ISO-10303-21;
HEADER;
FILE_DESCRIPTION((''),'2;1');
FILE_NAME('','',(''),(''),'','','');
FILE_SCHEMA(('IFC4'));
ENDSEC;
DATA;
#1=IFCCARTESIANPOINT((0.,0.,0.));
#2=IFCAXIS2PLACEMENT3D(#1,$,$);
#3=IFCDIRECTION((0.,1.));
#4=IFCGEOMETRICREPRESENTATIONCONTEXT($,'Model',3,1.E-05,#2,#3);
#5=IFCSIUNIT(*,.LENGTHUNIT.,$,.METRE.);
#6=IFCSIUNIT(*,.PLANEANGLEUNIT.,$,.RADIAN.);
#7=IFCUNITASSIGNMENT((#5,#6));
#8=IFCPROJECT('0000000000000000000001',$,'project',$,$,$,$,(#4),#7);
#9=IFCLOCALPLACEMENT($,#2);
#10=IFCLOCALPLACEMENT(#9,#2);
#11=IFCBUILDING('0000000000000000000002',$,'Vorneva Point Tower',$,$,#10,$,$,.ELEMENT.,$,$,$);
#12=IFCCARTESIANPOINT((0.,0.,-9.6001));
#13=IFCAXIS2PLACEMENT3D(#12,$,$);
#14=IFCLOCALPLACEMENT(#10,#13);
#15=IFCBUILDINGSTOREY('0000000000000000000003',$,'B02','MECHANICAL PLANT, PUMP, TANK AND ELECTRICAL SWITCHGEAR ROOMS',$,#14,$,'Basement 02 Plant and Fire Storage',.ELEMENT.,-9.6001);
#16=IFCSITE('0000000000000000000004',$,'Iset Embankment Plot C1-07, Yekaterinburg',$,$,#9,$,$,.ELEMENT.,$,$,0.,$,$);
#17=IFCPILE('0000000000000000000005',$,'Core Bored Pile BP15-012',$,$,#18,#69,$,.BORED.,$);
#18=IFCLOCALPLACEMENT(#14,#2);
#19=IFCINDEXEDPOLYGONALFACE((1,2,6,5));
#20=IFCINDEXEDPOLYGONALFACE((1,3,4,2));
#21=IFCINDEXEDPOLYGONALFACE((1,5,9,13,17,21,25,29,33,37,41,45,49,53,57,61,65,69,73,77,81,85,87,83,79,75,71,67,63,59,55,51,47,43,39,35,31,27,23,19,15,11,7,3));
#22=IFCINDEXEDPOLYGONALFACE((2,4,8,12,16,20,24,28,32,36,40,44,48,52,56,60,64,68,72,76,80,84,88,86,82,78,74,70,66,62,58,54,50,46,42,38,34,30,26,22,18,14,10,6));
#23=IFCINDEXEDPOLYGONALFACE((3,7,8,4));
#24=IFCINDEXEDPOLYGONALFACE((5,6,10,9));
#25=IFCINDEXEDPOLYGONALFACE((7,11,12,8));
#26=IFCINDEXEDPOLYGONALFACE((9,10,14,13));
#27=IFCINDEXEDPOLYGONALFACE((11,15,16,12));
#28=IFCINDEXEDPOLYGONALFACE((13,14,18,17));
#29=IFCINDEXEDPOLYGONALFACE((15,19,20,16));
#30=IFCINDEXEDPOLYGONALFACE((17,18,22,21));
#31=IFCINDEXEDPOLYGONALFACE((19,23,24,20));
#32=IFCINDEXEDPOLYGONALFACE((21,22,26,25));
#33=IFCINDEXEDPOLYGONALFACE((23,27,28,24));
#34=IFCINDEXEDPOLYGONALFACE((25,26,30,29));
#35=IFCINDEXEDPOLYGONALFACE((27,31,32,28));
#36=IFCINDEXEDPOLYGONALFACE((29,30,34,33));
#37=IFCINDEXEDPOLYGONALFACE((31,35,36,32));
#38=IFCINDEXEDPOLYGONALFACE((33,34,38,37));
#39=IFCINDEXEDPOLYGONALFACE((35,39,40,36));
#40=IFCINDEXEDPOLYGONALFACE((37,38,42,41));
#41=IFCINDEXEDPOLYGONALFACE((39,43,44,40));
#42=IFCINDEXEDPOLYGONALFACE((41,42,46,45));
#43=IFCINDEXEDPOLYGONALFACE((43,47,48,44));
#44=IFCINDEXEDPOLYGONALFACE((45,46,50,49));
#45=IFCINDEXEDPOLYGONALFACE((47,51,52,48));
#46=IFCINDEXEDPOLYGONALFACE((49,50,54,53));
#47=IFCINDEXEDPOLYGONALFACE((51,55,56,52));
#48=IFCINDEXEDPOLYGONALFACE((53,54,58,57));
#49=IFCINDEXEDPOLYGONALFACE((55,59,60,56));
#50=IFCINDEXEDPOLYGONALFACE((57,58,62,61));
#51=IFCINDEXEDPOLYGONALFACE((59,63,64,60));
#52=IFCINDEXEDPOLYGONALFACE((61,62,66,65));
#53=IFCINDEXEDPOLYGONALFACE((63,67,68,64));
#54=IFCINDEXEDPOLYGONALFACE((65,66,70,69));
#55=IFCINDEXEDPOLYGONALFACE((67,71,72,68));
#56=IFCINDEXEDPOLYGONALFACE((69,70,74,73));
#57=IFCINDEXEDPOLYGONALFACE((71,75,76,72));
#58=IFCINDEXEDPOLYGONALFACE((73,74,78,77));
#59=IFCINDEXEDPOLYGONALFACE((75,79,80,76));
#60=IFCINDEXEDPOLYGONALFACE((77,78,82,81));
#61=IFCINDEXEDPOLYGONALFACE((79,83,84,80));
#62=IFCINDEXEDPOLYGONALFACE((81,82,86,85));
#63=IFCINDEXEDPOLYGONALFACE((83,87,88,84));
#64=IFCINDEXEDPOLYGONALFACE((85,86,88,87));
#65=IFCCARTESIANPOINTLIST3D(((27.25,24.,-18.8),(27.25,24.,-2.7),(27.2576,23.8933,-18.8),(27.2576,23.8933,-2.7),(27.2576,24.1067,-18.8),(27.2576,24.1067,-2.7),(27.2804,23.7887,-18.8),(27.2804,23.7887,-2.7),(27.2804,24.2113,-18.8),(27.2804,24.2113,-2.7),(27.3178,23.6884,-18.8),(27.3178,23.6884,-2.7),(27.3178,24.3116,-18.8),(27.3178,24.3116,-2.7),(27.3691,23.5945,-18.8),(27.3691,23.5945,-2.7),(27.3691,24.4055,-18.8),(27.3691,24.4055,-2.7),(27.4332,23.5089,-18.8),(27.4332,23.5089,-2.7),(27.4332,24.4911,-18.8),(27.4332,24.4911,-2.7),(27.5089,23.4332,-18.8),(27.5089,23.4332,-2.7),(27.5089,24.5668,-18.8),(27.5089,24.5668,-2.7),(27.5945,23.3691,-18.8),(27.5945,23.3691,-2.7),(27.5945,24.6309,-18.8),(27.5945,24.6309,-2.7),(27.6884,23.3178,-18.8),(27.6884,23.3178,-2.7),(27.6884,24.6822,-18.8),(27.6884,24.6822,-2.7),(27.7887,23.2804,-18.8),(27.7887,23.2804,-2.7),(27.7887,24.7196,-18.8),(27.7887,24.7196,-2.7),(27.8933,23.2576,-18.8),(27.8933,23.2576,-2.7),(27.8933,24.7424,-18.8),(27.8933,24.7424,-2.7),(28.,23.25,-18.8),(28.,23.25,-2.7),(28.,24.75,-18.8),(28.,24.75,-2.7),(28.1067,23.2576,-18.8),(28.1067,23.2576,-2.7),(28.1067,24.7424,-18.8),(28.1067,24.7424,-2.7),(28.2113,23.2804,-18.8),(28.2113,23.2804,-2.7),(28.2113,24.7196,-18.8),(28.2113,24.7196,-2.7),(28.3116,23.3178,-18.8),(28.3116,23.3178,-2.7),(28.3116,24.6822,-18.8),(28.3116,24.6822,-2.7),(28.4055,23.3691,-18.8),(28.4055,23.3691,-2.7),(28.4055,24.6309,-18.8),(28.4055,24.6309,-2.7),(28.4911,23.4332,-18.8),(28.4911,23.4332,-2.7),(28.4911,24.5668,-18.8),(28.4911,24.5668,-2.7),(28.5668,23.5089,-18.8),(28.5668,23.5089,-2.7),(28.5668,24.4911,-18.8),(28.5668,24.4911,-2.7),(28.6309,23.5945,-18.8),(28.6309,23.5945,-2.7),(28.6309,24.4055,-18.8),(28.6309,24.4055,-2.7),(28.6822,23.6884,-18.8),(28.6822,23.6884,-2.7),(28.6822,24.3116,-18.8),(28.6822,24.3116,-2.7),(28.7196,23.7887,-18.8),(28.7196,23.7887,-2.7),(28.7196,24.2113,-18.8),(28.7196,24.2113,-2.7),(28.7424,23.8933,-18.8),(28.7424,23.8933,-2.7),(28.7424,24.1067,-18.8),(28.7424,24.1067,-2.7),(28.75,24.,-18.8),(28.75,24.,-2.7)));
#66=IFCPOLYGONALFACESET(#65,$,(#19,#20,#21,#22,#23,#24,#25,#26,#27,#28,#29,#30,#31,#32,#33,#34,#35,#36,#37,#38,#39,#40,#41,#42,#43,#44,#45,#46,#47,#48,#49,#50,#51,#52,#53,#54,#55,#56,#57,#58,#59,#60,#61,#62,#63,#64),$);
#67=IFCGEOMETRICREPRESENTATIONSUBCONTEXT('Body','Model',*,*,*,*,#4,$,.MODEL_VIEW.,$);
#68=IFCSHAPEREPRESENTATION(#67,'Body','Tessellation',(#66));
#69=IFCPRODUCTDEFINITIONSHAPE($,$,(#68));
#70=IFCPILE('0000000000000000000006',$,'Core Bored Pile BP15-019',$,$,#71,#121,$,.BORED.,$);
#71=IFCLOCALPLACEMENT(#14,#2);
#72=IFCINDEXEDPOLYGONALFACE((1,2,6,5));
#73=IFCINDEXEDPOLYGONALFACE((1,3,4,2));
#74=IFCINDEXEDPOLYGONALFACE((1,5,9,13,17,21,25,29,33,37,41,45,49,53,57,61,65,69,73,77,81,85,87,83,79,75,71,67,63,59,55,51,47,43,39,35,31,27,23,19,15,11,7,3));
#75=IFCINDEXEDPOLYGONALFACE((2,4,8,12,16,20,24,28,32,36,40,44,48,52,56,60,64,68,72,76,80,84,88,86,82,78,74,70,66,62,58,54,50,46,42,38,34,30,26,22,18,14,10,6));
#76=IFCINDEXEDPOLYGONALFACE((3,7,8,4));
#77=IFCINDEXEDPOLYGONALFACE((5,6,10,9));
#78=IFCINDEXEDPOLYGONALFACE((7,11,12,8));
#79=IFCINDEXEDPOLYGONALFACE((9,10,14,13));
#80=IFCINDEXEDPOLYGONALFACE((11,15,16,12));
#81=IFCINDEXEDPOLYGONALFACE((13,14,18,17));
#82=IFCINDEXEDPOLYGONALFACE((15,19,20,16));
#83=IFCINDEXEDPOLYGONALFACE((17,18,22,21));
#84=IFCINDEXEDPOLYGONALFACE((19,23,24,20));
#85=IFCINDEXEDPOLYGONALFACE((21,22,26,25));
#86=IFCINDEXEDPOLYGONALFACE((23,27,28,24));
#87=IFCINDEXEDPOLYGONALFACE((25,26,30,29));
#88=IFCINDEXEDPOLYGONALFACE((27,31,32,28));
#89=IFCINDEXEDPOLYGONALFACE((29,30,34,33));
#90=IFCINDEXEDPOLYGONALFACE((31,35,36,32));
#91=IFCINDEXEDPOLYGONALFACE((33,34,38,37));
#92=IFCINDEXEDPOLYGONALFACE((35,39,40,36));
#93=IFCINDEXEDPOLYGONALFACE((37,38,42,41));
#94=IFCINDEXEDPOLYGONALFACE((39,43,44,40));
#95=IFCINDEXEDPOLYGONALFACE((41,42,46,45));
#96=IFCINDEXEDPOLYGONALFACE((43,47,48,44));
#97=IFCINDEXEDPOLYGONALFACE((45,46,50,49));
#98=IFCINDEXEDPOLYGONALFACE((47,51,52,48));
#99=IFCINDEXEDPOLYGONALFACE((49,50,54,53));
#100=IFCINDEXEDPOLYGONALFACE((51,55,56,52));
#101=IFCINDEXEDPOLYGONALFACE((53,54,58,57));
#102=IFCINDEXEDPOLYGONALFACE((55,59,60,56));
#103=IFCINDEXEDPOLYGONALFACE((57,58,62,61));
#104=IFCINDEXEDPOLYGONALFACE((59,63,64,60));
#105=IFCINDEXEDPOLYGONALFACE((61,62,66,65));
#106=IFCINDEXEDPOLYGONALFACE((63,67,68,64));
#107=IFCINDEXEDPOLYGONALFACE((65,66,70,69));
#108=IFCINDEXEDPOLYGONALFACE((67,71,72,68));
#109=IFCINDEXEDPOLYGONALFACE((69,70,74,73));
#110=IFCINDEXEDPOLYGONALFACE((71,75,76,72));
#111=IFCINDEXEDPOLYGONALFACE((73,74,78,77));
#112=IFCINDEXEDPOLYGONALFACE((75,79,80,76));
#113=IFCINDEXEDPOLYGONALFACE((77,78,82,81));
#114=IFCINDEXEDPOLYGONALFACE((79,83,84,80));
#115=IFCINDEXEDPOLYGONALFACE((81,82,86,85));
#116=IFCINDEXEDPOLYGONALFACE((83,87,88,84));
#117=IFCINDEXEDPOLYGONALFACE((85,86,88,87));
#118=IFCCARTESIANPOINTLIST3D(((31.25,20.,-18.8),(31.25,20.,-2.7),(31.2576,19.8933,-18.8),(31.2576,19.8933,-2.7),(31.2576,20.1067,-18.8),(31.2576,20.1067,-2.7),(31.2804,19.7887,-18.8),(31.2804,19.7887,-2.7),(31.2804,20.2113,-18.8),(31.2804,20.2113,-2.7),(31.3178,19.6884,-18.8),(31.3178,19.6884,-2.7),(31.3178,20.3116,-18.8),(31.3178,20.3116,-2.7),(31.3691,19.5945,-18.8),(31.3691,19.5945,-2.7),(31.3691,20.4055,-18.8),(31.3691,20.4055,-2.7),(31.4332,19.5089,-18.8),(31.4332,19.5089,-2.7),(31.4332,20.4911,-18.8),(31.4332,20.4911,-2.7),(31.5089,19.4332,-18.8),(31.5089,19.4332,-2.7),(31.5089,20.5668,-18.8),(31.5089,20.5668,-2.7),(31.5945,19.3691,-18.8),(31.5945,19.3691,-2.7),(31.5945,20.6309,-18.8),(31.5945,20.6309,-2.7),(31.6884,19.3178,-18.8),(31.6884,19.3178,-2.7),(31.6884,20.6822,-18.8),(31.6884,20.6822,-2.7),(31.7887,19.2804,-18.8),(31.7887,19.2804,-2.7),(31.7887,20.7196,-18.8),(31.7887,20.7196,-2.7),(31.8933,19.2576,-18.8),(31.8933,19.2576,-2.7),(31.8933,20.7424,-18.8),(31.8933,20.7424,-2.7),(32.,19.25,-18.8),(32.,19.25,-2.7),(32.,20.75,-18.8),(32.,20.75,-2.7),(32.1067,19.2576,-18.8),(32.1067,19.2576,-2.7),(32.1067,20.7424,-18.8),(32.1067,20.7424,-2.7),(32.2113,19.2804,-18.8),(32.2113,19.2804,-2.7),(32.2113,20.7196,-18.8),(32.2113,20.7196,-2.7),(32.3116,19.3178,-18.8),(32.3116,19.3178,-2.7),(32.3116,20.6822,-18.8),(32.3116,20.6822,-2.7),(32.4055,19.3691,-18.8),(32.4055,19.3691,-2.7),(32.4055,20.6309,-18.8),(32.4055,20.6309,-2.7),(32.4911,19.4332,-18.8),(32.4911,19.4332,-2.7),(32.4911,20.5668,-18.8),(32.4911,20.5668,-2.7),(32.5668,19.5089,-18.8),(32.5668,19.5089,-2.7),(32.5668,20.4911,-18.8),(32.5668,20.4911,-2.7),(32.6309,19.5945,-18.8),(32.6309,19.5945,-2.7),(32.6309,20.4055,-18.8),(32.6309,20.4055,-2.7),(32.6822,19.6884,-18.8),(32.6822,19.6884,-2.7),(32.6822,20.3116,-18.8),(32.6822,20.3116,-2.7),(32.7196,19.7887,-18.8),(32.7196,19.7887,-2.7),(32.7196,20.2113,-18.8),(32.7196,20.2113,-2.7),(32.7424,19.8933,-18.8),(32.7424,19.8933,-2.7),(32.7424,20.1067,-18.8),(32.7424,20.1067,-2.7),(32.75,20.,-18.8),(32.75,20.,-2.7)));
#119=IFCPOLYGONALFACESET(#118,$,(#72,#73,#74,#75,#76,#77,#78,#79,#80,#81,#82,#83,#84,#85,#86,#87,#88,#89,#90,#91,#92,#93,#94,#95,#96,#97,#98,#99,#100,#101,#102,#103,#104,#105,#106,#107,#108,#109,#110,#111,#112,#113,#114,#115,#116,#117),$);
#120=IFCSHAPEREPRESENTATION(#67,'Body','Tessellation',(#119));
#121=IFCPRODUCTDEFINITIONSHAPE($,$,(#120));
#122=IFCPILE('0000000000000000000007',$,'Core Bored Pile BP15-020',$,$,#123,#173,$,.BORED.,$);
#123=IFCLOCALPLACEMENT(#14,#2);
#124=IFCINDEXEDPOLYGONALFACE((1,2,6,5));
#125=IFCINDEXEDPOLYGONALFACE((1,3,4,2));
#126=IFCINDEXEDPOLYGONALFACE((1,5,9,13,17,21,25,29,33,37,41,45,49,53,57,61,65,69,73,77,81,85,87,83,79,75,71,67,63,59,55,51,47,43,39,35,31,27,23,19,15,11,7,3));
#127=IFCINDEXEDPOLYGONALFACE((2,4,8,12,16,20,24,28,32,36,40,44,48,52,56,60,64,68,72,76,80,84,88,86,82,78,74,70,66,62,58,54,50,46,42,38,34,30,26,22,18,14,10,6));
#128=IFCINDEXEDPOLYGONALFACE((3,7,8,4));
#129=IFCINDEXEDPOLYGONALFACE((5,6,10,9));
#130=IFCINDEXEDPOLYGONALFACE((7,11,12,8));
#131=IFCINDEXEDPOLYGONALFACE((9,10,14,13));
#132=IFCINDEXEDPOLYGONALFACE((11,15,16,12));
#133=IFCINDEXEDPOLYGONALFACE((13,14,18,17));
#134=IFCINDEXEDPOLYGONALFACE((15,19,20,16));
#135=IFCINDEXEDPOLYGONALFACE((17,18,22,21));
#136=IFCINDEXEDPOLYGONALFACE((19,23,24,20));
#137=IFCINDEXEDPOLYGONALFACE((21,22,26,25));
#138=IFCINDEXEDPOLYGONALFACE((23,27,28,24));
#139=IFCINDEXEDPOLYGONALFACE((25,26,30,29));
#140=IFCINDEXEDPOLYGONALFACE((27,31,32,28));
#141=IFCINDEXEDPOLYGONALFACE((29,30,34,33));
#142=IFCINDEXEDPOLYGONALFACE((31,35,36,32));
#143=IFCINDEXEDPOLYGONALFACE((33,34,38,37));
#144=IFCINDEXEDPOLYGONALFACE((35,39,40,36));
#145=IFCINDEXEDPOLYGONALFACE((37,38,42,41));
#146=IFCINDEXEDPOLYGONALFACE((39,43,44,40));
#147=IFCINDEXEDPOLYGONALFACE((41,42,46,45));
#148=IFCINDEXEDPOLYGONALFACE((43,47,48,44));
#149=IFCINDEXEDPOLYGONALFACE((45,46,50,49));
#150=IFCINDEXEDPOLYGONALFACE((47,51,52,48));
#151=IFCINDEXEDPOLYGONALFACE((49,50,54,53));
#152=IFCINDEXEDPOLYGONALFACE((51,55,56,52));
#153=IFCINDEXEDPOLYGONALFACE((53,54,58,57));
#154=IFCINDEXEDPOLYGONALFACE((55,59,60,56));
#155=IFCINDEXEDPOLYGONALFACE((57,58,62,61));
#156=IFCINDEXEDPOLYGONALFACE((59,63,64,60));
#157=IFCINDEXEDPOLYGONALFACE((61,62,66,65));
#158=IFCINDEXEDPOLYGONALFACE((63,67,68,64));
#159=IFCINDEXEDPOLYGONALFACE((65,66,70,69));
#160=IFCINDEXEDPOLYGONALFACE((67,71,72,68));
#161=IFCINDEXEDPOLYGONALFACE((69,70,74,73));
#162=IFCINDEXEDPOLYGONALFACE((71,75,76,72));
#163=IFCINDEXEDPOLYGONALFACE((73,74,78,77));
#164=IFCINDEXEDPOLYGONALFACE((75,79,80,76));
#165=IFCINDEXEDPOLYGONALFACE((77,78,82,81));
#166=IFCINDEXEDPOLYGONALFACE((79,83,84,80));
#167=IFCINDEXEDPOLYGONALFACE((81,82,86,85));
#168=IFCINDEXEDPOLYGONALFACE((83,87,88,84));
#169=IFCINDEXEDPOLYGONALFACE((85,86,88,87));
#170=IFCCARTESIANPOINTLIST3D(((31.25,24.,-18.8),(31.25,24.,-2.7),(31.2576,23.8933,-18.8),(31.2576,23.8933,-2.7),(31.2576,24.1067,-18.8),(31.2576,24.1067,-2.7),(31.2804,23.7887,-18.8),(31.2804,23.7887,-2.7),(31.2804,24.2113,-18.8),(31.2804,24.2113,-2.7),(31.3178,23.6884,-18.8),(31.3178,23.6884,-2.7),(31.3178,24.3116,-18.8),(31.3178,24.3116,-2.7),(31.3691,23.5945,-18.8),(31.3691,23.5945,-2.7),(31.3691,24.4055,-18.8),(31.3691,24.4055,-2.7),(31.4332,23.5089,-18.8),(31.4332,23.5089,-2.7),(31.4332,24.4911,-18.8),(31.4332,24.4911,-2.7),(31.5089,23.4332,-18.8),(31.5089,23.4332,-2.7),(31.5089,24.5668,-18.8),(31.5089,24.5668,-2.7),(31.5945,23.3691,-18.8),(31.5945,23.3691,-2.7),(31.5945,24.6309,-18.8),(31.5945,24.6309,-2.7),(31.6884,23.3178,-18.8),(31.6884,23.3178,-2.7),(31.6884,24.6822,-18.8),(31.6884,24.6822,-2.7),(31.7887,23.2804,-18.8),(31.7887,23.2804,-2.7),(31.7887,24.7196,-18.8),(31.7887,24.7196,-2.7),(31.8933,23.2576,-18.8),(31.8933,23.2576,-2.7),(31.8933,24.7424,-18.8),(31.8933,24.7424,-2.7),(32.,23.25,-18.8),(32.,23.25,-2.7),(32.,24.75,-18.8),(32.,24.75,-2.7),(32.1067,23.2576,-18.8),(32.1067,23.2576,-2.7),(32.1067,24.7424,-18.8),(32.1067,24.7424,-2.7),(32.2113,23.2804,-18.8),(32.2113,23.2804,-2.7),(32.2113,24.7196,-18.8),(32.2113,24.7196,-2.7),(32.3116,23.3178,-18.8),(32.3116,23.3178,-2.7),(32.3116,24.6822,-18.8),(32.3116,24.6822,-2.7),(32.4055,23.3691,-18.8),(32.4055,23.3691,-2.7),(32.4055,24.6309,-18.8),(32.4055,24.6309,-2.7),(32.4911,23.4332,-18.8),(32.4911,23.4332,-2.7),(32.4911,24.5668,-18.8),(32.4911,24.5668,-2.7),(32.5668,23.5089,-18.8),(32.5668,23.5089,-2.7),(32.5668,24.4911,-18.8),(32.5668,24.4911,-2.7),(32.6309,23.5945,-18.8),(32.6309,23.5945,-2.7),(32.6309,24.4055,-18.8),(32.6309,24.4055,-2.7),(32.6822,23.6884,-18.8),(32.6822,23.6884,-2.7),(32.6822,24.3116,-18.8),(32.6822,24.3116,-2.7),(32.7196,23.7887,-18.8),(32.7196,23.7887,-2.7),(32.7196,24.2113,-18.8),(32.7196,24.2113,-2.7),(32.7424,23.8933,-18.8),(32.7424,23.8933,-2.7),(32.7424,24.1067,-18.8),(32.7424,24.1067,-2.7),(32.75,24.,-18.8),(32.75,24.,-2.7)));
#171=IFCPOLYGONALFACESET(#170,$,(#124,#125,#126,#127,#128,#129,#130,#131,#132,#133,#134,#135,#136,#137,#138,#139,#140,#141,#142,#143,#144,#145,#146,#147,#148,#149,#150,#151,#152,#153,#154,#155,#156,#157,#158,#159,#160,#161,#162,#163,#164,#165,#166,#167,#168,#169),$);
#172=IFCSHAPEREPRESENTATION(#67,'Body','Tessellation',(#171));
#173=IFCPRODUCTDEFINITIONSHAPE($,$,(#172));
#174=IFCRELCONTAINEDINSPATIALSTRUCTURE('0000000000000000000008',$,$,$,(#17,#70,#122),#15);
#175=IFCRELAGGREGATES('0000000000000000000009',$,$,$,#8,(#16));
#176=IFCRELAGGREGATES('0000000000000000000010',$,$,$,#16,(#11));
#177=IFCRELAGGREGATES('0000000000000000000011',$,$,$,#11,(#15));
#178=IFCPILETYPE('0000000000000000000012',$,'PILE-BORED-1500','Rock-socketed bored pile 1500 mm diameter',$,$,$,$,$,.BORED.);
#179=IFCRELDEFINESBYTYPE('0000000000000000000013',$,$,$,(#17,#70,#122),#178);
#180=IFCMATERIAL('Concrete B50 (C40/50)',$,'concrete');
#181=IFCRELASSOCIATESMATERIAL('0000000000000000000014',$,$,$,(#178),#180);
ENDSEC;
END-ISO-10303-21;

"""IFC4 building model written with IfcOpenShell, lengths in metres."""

from ifc_helpers import new_model, si_unit, direction, frame, origin, origin_2d, place, context, subcontext, project, spatial, circle, extrude, material, material_profile, profile_set, type_object, element, save


model = new_model("IFC4")

# Units and contexts
model_context = context("Model", 3, precision=1e-05, world=origin(), true_north=direction((0.0, 1.0)))
body_context = subcontext(model_context, "Body", "Model", "MODEL_VIEW")
ifc_project = project(units=[si_unit("LENGTHUNIT", "METRE"), si_unit("PLANEANGLEUNIT", "RADIAN")], contexts=[model_context])

# Site, building, storey
site_placement = place(None, origin())
site = spatial("IfcSite", under=ifc_project, at=site_placement, Name="Iset Embankment Plot C1-07, Yekaterinburg", CompositionType="ELEMENT", RefElevation=0.0)
building_placement = place(site_placement, origin())
building = spatial("IfcBuilding", under=site, at=building_placement, Name="Vorneva Point Tower", CompositionType="ELEMENT")
storey_placement = place(building_placement, frame((0.0, 0.0, -9.6001)))
storey = spatial("IfcBuildingStorey", under=building, at=storey_placement, Name="B02", Description="MECHANICAL PLANT, PUMP, TANK AND ELECTRICAL SWITCHGEAR ROOMS", LongName="Basement 02 Plant and Fire Storage", CompositionType="ELEMENT", Elevation=-9.6001)

# Piles
ifc_material_1 = material(Name="Concrete B50 (C40/50)", Category="concrete")
ifc_material_profile_1 = material_profile(ifc_material_1, circle(Radius=0.75, at=origin_2d()), Name="PILE-1500")
ifc_profile_set_1 = profile_set([ifc_material_profile_1], Name="Concrete B50 (C40/50)")
pile_type = type_object("IfcPileType", Name="PILE-BORED-1500", Description="Rock-socketed bored pile 1500 mm diameter", PredefinedType="BORED", material=ifc_profile_set_1)
for number, where, z_axis, x_axis, name in (
    (1, (28.0, 24.0, -2.7), (0.0, 0.0, -1.0), (1.0, 0.0, 0.0), "Core Bored Pile BP15-012"),
    (2, (32.0, 20.0, -2.7), (0.0, 0.0, -1.0), (1.0, 0.0, 0.0), "Core Bored Pile BP15-019"),
    (3, (32.0, 24.0, -2.7), (0.0, 0.0, -1.0), (1.0, 0.0, 0.0), "Core Bored Pile BP15-020"),
):
    element("IfcPile", number, at=place(storey_placement, frame(where, z_axis=z_axis, x_axis=x_axis)), inside=storey, type_object=pile_type, Name=name, PredefinedType="BORED", context=body_context, shape_type="SweptSolid", body=[
        extrude(circle(Radius=0.75, at=origin_2d()), origin(), (0.0, 0.0, 1.0), 16.1001),
    ])

save(model, "model.ifc")
